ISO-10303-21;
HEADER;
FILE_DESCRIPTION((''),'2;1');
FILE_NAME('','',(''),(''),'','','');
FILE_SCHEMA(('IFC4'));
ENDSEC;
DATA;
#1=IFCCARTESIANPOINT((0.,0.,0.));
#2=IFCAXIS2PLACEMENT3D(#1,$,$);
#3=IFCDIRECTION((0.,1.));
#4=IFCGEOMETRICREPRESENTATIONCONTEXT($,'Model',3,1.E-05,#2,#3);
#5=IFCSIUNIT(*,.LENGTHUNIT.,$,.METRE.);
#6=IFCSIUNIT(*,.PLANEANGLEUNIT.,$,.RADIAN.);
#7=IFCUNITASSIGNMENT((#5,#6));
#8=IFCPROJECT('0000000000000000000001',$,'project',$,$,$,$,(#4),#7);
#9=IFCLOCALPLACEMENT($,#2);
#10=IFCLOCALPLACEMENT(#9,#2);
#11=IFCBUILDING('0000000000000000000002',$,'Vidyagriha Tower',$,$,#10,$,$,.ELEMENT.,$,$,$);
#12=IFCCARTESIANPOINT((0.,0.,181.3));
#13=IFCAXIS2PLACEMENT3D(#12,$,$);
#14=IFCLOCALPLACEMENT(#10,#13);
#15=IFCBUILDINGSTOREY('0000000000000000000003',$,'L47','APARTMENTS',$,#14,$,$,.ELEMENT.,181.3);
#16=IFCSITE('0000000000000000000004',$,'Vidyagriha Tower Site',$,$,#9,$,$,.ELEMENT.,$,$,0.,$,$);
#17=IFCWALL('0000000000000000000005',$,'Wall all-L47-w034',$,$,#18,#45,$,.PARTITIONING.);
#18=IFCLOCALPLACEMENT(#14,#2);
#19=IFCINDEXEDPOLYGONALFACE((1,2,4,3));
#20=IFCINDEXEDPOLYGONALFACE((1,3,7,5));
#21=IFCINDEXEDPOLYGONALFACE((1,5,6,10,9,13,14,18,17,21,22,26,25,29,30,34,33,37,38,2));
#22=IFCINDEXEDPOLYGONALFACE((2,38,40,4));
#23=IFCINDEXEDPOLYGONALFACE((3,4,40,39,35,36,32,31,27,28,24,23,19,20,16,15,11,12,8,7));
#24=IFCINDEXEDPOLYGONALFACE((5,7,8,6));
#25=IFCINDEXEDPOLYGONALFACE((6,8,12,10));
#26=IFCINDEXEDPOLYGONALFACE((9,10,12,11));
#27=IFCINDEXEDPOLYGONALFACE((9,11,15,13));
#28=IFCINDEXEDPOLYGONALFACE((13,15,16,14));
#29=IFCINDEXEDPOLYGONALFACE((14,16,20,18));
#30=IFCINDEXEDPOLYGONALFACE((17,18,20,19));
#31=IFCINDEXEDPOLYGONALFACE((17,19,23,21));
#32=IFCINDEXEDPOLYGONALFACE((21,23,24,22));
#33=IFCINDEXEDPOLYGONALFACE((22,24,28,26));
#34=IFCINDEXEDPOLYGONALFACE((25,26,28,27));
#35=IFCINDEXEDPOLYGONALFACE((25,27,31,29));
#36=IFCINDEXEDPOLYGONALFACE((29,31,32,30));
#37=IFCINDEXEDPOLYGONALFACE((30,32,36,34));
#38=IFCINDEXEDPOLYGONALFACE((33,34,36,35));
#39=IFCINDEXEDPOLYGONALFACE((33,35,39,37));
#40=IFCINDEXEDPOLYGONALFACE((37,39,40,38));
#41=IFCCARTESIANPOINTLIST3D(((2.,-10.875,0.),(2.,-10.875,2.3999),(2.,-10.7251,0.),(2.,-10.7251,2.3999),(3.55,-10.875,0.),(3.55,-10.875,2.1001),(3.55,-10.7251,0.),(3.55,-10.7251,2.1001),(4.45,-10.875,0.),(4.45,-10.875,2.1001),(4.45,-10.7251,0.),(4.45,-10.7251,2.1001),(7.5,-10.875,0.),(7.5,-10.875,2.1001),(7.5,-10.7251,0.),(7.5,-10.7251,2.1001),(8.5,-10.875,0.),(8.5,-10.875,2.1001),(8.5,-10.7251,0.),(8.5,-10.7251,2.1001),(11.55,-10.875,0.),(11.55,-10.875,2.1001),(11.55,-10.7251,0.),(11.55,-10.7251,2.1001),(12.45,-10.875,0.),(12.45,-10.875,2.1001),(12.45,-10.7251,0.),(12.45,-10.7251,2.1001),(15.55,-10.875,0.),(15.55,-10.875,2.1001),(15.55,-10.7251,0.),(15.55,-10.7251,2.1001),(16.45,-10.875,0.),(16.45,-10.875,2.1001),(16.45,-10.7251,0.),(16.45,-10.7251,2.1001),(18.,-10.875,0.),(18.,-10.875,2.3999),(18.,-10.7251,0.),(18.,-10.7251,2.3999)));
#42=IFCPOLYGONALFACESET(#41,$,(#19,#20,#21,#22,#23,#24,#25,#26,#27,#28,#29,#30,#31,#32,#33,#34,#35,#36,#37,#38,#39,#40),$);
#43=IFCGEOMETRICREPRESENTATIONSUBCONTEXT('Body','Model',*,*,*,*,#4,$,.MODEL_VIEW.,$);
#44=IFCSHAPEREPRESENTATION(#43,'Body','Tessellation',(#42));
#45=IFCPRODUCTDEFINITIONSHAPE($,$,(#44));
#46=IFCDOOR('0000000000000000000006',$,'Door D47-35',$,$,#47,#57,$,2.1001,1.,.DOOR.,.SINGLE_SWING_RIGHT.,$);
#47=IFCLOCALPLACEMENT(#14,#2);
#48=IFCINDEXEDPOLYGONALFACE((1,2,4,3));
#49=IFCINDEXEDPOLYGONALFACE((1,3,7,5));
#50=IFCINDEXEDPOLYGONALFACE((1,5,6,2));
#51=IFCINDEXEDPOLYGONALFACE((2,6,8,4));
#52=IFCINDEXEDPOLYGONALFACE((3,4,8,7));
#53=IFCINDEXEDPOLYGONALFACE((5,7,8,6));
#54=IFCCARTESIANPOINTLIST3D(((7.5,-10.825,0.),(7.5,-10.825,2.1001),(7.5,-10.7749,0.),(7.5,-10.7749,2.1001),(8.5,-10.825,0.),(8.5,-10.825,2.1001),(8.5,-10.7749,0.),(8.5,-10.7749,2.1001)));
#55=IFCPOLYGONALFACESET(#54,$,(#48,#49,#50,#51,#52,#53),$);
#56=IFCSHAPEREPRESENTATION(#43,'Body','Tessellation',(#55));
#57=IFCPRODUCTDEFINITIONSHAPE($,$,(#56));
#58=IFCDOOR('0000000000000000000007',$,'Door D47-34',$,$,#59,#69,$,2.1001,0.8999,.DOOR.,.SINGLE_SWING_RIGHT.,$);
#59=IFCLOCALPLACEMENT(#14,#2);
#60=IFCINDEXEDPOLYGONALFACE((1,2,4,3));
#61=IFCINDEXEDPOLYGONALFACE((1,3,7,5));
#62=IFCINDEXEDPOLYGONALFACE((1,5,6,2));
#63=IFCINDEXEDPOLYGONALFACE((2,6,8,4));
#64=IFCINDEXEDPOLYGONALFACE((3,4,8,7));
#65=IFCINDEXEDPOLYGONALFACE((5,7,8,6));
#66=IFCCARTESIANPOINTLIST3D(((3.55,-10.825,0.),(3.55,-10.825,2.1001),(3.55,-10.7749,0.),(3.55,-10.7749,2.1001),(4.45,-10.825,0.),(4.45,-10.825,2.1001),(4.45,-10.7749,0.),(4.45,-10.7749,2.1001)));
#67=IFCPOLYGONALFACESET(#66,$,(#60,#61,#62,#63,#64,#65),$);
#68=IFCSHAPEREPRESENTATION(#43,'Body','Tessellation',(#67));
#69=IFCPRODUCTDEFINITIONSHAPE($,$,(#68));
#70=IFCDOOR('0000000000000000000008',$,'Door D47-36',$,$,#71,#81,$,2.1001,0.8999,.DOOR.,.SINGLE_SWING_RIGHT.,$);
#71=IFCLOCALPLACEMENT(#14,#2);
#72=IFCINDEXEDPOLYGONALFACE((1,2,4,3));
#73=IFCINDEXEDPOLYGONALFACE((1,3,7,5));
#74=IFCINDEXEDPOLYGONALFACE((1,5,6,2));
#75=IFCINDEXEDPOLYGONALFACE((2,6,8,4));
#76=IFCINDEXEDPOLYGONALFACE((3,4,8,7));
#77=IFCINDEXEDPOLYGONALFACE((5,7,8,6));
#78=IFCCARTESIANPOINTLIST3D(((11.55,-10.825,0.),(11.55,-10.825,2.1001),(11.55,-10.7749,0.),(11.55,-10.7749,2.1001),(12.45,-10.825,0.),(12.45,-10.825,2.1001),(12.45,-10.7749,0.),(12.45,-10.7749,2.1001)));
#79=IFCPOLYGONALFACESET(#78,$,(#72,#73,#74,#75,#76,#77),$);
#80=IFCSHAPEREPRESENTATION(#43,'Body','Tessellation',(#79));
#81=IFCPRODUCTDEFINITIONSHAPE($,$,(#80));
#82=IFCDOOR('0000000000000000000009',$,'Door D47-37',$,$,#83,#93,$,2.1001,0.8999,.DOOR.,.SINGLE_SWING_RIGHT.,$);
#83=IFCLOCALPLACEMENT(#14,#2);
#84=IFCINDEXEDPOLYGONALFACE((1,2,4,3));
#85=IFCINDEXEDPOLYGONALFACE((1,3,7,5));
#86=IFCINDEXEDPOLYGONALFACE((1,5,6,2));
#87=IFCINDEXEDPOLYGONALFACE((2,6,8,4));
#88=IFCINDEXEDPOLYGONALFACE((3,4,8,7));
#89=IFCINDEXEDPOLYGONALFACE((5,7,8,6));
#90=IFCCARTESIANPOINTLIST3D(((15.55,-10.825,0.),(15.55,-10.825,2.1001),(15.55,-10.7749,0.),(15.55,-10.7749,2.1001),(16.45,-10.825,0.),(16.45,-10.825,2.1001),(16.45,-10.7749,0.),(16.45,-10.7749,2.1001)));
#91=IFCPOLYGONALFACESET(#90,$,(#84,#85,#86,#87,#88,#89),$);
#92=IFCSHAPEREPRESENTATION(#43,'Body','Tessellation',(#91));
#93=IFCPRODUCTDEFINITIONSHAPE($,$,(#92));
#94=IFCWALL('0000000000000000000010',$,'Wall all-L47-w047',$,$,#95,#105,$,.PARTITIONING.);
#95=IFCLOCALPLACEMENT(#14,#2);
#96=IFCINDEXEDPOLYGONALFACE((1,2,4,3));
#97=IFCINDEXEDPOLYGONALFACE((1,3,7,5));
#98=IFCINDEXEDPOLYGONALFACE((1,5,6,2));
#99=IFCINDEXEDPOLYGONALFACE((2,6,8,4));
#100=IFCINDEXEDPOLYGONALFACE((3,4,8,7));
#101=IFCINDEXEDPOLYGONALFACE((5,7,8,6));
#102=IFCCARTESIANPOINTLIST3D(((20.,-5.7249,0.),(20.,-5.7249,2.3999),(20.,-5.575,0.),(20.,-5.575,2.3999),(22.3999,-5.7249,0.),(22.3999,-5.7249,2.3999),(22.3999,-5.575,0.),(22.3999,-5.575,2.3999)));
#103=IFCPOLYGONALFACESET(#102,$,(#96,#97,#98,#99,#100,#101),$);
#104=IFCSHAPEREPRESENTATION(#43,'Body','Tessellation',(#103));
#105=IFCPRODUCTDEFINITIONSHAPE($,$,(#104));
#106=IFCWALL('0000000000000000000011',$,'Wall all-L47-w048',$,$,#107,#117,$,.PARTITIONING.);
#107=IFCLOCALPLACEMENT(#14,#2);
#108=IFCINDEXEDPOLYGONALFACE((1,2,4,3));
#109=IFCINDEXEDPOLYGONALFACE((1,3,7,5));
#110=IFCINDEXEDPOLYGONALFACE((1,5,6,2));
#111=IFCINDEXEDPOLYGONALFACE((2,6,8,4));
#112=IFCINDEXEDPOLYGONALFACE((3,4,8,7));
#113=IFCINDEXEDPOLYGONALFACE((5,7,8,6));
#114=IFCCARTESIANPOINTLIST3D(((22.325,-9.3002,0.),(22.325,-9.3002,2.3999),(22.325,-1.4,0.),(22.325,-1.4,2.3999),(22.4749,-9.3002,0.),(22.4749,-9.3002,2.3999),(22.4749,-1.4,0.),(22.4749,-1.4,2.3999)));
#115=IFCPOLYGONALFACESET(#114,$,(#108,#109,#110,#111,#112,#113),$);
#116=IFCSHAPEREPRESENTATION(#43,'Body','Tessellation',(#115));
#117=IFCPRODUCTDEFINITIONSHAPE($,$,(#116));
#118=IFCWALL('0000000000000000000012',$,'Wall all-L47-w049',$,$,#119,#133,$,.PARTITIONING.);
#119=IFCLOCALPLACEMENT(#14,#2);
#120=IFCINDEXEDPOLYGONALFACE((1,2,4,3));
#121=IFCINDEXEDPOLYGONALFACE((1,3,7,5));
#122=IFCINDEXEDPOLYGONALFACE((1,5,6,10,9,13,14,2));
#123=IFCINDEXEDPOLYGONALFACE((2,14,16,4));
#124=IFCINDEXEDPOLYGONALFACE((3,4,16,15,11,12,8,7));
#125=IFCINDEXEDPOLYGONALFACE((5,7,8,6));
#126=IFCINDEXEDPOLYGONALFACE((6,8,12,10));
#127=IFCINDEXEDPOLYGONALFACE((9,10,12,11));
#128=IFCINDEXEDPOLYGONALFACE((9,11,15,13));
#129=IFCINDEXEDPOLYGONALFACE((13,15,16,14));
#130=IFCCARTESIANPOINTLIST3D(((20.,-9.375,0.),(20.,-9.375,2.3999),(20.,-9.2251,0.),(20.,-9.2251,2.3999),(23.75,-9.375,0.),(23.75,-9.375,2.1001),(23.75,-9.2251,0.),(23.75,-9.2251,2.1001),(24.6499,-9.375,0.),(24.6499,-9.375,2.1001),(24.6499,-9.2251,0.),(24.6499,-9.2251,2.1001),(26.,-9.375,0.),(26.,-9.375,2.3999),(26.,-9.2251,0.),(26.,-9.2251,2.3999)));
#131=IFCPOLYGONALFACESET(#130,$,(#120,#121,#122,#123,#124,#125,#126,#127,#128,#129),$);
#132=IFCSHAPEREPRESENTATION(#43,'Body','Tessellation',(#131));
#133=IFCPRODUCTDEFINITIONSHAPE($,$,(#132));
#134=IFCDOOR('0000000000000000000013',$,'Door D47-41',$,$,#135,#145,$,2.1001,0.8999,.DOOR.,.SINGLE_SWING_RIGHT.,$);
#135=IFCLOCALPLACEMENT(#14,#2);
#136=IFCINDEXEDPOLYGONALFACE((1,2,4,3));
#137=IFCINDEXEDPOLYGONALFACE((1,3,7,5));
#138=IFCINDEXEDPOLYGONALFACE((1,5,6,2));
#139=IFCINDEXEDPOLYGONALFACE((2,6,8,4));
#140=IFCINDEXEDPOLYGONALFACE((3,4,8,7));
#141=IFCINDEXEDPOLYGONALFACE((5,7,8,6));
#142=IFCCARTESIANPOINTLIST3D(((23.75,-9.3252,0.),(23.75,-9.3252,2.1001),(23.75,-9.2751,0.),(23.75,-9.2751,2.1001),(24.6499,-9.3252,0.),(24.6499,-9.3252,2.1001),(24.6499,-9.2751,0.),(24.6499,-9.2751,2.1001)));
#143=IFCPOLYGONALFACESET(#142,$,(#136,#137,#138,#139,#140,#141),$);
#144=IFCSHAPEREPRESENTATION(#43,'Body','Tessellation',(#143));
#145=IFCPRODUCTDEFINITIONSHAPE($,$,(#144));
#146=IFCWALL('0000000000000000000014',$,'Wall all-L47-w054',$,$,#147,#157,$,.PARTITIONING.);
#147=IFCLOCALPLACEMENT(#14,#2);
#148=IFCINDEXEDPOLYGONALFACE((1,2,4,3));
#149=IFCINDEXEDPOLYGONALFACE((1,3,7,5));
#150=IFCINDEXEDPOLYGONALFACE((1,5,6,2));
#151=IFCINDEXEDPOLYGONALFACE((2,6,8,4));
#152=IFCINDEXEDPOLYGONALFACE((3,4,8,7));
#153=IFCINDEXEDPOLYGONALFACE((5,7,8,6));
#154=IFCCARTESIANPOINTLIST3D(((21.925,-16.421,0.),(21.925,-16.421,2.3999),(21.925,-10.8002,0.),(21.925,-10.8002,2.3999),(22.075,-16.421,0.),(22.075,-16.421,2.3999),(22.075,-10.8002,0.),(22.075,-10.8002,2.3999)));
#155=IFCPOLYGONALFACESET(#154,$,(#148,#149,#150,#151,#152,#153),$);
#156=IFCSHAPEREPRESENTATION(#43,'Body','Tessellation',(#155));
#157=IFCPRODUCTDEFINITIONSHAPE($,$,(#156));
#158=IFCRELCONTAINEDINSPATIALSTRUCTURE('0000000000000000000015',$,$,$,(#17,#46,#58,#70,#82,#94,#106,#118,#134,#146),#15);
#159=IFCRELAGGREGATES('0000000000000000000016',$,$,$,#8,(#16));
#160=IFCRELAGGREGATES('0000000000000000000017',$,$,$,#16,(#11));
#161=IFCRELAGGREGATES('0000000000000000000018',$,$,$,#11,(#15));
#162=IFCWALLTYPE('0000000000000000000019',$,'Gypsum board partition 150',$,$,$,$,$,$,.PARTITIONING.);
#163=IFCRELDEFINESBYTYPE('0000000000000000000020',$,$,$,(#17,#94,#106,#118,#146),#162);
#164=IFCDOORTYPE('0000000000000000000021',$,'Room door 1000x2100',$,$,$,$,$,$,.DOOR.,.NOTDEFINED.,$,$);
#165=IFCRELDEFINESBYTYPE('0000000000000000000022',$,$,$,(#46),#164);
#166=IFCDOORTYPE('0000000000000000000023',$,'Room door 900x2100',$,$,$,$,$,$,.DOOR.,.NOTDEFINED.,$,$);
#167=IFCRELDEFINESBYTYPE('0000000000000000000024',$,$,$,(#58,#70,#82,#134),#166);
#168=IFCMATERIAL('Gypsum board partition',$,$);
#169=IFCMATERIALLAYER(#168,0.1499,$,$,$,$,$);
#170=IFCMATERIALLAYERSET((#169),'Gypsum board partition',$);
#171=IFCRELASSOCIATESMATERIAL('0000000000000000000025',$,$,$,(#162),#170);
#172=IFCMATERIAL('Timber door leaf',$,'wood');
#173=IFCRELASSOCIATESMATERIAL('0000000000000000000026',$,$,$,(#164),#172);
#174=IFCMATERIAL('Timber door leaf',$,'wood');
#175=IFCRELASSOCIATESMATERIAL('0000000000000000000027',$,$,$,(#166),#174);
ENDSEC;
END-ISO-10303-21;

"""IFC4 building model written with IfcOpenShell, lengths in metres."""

from ifc_helpers import new_model, si_unit, direction, frame, frame_2d, origin, place, context, subcontext, project, spatial, rectangle, extrude, material, layer, layer_set, type_object, element, fill, save


model = new_model("IFC4")

# Units and contexts
model_context = context("Model", 3, precision=1e-05, world=origin(), true_north=direction((0.0, 1.0)))
body_context = subcontext(model_context, "Body", "Model", "MODEL_VIEW")
ifc_project = project(units=[si_unit("LENGTHUNIT", "METRE"), si_unit("PLANEANGLEUNIT", "RADIAN")], contexts=[model_context])

# Site, building, storey
site_placement = place(None, origin())
site = spatial("IfcSite", under=ifc_project, at=site_placement, Name="Vidyagriha Tower Site", CompositionType="ELEMENT", RefElevation=0.0)
building_placement = place(site_placement, origin())
building = spatial("IfcBuilding", under=site, at=building_placement, Name="Vidyagriha Tower", CompositionType="ELEMENT")
storey_placement = place(building_placement, frame((0.0, 0.0, 181.3)))
storey = spatial("IfcBuildingStorey", under=building, at=storey_placement, Name="L47", Description="APARTMENTS", CompositionType="ELEMENT", Elevation=181.3)

# Shared definitions
ifc_material_1 = material(Name="Gypsum board partition")
ifc_layer_1 = layer(ifc_material_1, 0.1499)
ifc_layer_set_1 = layer_set([ifc_layer_1], Name="Gypsum board partition")
wall_type_1 = type_object("IfcWallType", Name="Gypsum board partition 150", PredefinedType="PARTITIONING", material=ifc_layer_set_1)

# Wall, openings, doors
wall_1_placement = place(storey_placement, frame((18.0, -10.8, 0.0), z_axis=(0.0, 0.0, 1.0), x_axis=(-1.0, 0.0, 0.0)))
wall_1 = element("IfcWall", 1, at=wall_1_placement, inside=storey, type_object=wall_type_1, Name="Wall all-L47-w034", PredefinedType="PARTITIONING", context=body_context, shape_type="SweptSolid", body=[
    extrude(rectangle(XDim=16.0, YDim=0.1499, at=frame_2d((8.0, 0.0))), origin(), (0.0, 0.0, 1.0), 2.3999),
])
opening_1_placement = place(wall_1_placement, frame((13.55, 0.0, 0.0)))
opening_1 = element("IfcOpeningElement", 2, at=opening_1_placement, cuts=wall_1, PredefinedType="OPENING", context=body_context, shape_type="SweptSolid", body=[
    extrude(rectangle(XDim=0.8999, YDim=2.1001, at=frame_2d((0.45, 1.05))), frame((0.0, 0.085, 0.0), z_axis=(0.0, -1.0, 0.0), x_axis=(1.0, 0.0, 0.0)), (0.0, 0.0, 1.0), 0.1699),
])
opening_2_placement = place(wall_1_placement, frame((9.5, 0.0, 0.0)))
opening_2 = element("IfcOpeningElement", 3, at=opening_2_placement, cuts=wall_1, PredefinedType="OPENING", context=body_context, shape_type="SweptSolid", body=[
    extrude(rectangle(XDim=1.0, YDim=2.1001, at=frame_2d((0.5, 1.05))), frame((0.0, 0.085, 0.0), z_axis=(0.0, -1.0, 0.0), x_axis=(1.0, 0.0, 0.0)), (0.0, 0.0, 1.0), 0.1699),
])
opening_3_placement = place(wall_1_placement, frame((5.55, 0.0, 0.0)))
opening_3 = element("IfcOpeningElement", 4, at=opening_3_placement, cuts=wall_1, PredefinedType="OPENING", context=body_context, shape_type="SweptSolid", body=[
    extrude(rectangle(XDim=0.8999, YDim=2.1001, at=frame_2d((0.45, 1.05))), frame((0.0, 0.085, 0.0), z_axis=(0.0, -1.0, 0.0), x_axis=(1.0, 0.0, 0.0)), (0.0, 0.0, 1.0), 0.1699),
])
opening_4_placement = place(wall_1_placement, frame((1.55, 0.0, 0.0)))
opening_4 = element("IfcOpeningElement", 5, at=opening_4_placement, cuts=wall_1, PredefinedType="OPENING", context=body_context, shape_type="SweptSolid", body=[
    extrude(rectangle(XDim=0.8999, YDim=2.1001, at=frame_2d((0.45, 1.05))), frame((0.0, 0.085, 0.0), z_axis=(0.0, -1.0, 0.0), x_axis=(1.0, 0.0, 0.0)), (0.0, 0.0, 1.0), 0.1699),
])
ifc_material_2 = material(Name="Timber door leaf", Category="wood")
door_type_1 = type_object("IfcDoorType", Name="Room door 1000x2100", OperationType="NOTDEFINED", PredefinedType="DOOR", material=ifc_material_2)
door_1_placement = place(opening_2_placement, origin())
door_1 = element("IfcDoor", 6, at=door_1_placement, inside=storey, type_object=door_type_1, Name="Door D47-35", OperationType="SINGLE_SWING_RIGHT", OverallHeight=2.1001, OverallWidth=1.0, PredefinedType="DOOR", context=body_context, shape_type="SweptSolid", body=[
    extrude(rectangle(XDim=1.0, YDim=2.1001, at=frame_2d((0.5, 1.05))), frame((0.0, 0.0249, 0.0), z_axis=(0.0, -1.0, 0.0), x_axis=(1.0, 0.0, 0.0)), (0.0, 0.0, 1.0), 0.05),
])
fill(opening_2, door_1)
ifc_material_3 = material(Name="Timber door leaf", Category="wood")
door_type_2 = type_object("IfcDoorType", Name="Room door 900x2100", OperationType="NOTDEFINED", PredefinedType="DOOR", material=ifc_material_3)
door_2_placement = place(opening_1_placement, origin())
door_2 = element("IfcDoor", 7, at=door_2_placement, inside=storey, type_object=door_type_2, Name="Door D47-34", OperationType="SINGLE_SWING_RIGHT", OverallHeight=2.1001, OverallWidth=0.8999, PredefinedType="DOOR", context=body_context, shape_type="SweptSolid", body=[
    extrude(rectangle(XDim=0.8999, YDim=2.1001, at=frame_2d((0.45, 1.05))), frame((0.0, 0.0249, 0.0), z_axis=(0.0, -1.0, 0.0), x_axis=(1.0, 0.0, 0.0)), (0.0, 0.0, 1.0), 0.05),
])
fill(opening_1, door_2)
door_3_placement = place(opening_3_placement, origin())
door_3 = element("IfcDoor", 8, at=door_3_placement, inside=storey, type_object=door_type_2, Name="Door D47-36", OperationType="SINGLE_SWING_RIGHT", OverallHeight=2.1001, OverallWidth=0.8999, PredefinedType="DOOR", context=body_context, shape_type="SweptSolid", body=[
    extrude(rectangle(XDim=0.8999, YDim=2.1001, at=frame_2d((0.45, 1.05))), frame((0.0, 0.0249, 0.0), z_axis=(0.0, -1.0, 0.0), x_axis=(1.0, 0.0, 0.0)), (0.0, 0.0, 1.0), 0.05),
])
fill(opening_3, door_3)
door_4_placement = place(opening_4_placement, origin())
door_4 = element("IfcDoor", 9, at=door_4_placement, inside=storey, type_object=door_type_2, Name="Door D47-37", OperationType="SINGLE_SWING_RIGHT", OverallHeight=2.1001, OverallWidth=0.8999, PredefinedType="DOOR", context=body_context, shape_type="SweptSolid", body=[
    extrude(rectangle(XDim=0.8999, YDim=2.1001, at=frame_2d((0.45, 1.05))), frame((0.0, 0.0249, 0.0), z_axis=(0.0, -1.0, 0.0), x_axis=(1.0, 0.0, 0.0)), (0.0, 0.0, 1.0), 0.05),
])
fill(opening_4, door_4)

# Walls
wall_2_placement = place(storey_placement, frame((22.3999, -5.6499, 0.0), z_axis=(0.0, 0.0, 1.0), x_axis=(-1.0, 0.0, 0.0)))
element("IfcWall", 10, at=wall_2_placement, inside=storey, type_object=wall_type_1, Name="Wall all-L47-w047", PredefinedType="PARTITIONING", context=body_context, shape_type="SweptSolid", body=[
    extrude(rectangle(XDim=2.3999, YDim=0.1499, at=frame_2d((1.2, 0.0))), origin(), (0.0, 0.0, 1.0), 2.3999),
])
wall_3_placement = place(storey_placement, frame((22.3999, -1.3999, 0.0), z_axis=(0.0, 0.0, 1.0), x_axis=(0.0, -1.0, 0.0)))
element("IfcWall", 11, at=wall_3_placement, inside=storey, type_object=wall_type_1, Name="Wall all-L47-w048", PredefinedType="PARTITIONING", context=body_context, shape_type="SweptSolid", body=[
    extrude(rectangle(XDim=7.9001, YDim=0.1499, at=frame_2d((3.9502, 0.0))), origin(), (0.0, 0.0, 1.0), 2.3999),
])

# Wall, opening, door
wall_4_placement = place(storey_placement, frame((20.0, -9.3, 0.0)))
wall_4 = element("IfcWall", 12, at=wall_4_placement, inside=storey, type_object=wall_type_1, Name="Wall all-L47-w049", PredefinedType="PARTITIONING", context=body_context, shape_type="SweptSolid", body=[
    extrude(rectangle(XDim=6.0, YDim=0.1499, at=frame_2d((3.0, 0.0))), origin(), (0.0, 0.0, 1.0), 2.3999),
])
opening_5_placement = place(wall_4_placement, frame((3.75, 0.0, 0.0)))
opening_5 = element("IfcOpeningElement", 13, at=opening_5_placement, cuts=wall_4, PredefinedType="OPENING", context=body_context, shape_type="SweptSolid", body=[
    extrude(rectangle(XDim=0.8999, YDim=2.1001, at=frame_2d((0.45, 1.05))), frame((0.0, 0.085, 0.0), z_axis=(0.0, -1.0, 0.0), x_axis=(1.0, 0.0, 0.0)), (0.0, 0.0, 1.0), 0.1699),
])
door_5_placement = place(opening_5_placement, origin())
door_5 = element("IfcDoor", 14, at=door_5_placement, inside=storey, type_object=door_type_2, Name="Door D47-41", OperationType="SINGLE_SWING_RIGHT", OverallHeight=2.1001, OverallWidth=0.8999, PredefinedType="DOOR", context=body_context, shape_type="SweptSolid", body=[
    extrude(rectangle(XDim=0.8999, YDim=2.1001, at=frame_2d((0.45, 1.05))), frame((0.0, 0.0249, 0.0), z_axis=(0.0, -1.0, 0.0), x_axis=(1.0, 0.0, 0.0)), (0.0, 0.0, 1.0), 0.05),
])
fill(opening_5, door_5)

# Wall
wall_5_placement = place(storey_placement, frame((22.0, -10.8, 0.0), z_axis=(0.0, 0.0, 1.0), x_axis=(0.0, -1.0, 0.0)))
element("IfcWall", 15, at=wall_5_placement, inside=storey, type_object=wall_type_1, Name="Wall all-L47-w054", PredefinedType="PARTITIONING", context=body_context, shape_type="SweptSolid", body=[
    extrude(rectangle(XDim=5.6208, YDim=0.1499, at=frame_2d((2.8105, 0.0))), origin(), (0.0, 0.0, 1.0), 2.3999),
])

save(model, "model.ifc")
